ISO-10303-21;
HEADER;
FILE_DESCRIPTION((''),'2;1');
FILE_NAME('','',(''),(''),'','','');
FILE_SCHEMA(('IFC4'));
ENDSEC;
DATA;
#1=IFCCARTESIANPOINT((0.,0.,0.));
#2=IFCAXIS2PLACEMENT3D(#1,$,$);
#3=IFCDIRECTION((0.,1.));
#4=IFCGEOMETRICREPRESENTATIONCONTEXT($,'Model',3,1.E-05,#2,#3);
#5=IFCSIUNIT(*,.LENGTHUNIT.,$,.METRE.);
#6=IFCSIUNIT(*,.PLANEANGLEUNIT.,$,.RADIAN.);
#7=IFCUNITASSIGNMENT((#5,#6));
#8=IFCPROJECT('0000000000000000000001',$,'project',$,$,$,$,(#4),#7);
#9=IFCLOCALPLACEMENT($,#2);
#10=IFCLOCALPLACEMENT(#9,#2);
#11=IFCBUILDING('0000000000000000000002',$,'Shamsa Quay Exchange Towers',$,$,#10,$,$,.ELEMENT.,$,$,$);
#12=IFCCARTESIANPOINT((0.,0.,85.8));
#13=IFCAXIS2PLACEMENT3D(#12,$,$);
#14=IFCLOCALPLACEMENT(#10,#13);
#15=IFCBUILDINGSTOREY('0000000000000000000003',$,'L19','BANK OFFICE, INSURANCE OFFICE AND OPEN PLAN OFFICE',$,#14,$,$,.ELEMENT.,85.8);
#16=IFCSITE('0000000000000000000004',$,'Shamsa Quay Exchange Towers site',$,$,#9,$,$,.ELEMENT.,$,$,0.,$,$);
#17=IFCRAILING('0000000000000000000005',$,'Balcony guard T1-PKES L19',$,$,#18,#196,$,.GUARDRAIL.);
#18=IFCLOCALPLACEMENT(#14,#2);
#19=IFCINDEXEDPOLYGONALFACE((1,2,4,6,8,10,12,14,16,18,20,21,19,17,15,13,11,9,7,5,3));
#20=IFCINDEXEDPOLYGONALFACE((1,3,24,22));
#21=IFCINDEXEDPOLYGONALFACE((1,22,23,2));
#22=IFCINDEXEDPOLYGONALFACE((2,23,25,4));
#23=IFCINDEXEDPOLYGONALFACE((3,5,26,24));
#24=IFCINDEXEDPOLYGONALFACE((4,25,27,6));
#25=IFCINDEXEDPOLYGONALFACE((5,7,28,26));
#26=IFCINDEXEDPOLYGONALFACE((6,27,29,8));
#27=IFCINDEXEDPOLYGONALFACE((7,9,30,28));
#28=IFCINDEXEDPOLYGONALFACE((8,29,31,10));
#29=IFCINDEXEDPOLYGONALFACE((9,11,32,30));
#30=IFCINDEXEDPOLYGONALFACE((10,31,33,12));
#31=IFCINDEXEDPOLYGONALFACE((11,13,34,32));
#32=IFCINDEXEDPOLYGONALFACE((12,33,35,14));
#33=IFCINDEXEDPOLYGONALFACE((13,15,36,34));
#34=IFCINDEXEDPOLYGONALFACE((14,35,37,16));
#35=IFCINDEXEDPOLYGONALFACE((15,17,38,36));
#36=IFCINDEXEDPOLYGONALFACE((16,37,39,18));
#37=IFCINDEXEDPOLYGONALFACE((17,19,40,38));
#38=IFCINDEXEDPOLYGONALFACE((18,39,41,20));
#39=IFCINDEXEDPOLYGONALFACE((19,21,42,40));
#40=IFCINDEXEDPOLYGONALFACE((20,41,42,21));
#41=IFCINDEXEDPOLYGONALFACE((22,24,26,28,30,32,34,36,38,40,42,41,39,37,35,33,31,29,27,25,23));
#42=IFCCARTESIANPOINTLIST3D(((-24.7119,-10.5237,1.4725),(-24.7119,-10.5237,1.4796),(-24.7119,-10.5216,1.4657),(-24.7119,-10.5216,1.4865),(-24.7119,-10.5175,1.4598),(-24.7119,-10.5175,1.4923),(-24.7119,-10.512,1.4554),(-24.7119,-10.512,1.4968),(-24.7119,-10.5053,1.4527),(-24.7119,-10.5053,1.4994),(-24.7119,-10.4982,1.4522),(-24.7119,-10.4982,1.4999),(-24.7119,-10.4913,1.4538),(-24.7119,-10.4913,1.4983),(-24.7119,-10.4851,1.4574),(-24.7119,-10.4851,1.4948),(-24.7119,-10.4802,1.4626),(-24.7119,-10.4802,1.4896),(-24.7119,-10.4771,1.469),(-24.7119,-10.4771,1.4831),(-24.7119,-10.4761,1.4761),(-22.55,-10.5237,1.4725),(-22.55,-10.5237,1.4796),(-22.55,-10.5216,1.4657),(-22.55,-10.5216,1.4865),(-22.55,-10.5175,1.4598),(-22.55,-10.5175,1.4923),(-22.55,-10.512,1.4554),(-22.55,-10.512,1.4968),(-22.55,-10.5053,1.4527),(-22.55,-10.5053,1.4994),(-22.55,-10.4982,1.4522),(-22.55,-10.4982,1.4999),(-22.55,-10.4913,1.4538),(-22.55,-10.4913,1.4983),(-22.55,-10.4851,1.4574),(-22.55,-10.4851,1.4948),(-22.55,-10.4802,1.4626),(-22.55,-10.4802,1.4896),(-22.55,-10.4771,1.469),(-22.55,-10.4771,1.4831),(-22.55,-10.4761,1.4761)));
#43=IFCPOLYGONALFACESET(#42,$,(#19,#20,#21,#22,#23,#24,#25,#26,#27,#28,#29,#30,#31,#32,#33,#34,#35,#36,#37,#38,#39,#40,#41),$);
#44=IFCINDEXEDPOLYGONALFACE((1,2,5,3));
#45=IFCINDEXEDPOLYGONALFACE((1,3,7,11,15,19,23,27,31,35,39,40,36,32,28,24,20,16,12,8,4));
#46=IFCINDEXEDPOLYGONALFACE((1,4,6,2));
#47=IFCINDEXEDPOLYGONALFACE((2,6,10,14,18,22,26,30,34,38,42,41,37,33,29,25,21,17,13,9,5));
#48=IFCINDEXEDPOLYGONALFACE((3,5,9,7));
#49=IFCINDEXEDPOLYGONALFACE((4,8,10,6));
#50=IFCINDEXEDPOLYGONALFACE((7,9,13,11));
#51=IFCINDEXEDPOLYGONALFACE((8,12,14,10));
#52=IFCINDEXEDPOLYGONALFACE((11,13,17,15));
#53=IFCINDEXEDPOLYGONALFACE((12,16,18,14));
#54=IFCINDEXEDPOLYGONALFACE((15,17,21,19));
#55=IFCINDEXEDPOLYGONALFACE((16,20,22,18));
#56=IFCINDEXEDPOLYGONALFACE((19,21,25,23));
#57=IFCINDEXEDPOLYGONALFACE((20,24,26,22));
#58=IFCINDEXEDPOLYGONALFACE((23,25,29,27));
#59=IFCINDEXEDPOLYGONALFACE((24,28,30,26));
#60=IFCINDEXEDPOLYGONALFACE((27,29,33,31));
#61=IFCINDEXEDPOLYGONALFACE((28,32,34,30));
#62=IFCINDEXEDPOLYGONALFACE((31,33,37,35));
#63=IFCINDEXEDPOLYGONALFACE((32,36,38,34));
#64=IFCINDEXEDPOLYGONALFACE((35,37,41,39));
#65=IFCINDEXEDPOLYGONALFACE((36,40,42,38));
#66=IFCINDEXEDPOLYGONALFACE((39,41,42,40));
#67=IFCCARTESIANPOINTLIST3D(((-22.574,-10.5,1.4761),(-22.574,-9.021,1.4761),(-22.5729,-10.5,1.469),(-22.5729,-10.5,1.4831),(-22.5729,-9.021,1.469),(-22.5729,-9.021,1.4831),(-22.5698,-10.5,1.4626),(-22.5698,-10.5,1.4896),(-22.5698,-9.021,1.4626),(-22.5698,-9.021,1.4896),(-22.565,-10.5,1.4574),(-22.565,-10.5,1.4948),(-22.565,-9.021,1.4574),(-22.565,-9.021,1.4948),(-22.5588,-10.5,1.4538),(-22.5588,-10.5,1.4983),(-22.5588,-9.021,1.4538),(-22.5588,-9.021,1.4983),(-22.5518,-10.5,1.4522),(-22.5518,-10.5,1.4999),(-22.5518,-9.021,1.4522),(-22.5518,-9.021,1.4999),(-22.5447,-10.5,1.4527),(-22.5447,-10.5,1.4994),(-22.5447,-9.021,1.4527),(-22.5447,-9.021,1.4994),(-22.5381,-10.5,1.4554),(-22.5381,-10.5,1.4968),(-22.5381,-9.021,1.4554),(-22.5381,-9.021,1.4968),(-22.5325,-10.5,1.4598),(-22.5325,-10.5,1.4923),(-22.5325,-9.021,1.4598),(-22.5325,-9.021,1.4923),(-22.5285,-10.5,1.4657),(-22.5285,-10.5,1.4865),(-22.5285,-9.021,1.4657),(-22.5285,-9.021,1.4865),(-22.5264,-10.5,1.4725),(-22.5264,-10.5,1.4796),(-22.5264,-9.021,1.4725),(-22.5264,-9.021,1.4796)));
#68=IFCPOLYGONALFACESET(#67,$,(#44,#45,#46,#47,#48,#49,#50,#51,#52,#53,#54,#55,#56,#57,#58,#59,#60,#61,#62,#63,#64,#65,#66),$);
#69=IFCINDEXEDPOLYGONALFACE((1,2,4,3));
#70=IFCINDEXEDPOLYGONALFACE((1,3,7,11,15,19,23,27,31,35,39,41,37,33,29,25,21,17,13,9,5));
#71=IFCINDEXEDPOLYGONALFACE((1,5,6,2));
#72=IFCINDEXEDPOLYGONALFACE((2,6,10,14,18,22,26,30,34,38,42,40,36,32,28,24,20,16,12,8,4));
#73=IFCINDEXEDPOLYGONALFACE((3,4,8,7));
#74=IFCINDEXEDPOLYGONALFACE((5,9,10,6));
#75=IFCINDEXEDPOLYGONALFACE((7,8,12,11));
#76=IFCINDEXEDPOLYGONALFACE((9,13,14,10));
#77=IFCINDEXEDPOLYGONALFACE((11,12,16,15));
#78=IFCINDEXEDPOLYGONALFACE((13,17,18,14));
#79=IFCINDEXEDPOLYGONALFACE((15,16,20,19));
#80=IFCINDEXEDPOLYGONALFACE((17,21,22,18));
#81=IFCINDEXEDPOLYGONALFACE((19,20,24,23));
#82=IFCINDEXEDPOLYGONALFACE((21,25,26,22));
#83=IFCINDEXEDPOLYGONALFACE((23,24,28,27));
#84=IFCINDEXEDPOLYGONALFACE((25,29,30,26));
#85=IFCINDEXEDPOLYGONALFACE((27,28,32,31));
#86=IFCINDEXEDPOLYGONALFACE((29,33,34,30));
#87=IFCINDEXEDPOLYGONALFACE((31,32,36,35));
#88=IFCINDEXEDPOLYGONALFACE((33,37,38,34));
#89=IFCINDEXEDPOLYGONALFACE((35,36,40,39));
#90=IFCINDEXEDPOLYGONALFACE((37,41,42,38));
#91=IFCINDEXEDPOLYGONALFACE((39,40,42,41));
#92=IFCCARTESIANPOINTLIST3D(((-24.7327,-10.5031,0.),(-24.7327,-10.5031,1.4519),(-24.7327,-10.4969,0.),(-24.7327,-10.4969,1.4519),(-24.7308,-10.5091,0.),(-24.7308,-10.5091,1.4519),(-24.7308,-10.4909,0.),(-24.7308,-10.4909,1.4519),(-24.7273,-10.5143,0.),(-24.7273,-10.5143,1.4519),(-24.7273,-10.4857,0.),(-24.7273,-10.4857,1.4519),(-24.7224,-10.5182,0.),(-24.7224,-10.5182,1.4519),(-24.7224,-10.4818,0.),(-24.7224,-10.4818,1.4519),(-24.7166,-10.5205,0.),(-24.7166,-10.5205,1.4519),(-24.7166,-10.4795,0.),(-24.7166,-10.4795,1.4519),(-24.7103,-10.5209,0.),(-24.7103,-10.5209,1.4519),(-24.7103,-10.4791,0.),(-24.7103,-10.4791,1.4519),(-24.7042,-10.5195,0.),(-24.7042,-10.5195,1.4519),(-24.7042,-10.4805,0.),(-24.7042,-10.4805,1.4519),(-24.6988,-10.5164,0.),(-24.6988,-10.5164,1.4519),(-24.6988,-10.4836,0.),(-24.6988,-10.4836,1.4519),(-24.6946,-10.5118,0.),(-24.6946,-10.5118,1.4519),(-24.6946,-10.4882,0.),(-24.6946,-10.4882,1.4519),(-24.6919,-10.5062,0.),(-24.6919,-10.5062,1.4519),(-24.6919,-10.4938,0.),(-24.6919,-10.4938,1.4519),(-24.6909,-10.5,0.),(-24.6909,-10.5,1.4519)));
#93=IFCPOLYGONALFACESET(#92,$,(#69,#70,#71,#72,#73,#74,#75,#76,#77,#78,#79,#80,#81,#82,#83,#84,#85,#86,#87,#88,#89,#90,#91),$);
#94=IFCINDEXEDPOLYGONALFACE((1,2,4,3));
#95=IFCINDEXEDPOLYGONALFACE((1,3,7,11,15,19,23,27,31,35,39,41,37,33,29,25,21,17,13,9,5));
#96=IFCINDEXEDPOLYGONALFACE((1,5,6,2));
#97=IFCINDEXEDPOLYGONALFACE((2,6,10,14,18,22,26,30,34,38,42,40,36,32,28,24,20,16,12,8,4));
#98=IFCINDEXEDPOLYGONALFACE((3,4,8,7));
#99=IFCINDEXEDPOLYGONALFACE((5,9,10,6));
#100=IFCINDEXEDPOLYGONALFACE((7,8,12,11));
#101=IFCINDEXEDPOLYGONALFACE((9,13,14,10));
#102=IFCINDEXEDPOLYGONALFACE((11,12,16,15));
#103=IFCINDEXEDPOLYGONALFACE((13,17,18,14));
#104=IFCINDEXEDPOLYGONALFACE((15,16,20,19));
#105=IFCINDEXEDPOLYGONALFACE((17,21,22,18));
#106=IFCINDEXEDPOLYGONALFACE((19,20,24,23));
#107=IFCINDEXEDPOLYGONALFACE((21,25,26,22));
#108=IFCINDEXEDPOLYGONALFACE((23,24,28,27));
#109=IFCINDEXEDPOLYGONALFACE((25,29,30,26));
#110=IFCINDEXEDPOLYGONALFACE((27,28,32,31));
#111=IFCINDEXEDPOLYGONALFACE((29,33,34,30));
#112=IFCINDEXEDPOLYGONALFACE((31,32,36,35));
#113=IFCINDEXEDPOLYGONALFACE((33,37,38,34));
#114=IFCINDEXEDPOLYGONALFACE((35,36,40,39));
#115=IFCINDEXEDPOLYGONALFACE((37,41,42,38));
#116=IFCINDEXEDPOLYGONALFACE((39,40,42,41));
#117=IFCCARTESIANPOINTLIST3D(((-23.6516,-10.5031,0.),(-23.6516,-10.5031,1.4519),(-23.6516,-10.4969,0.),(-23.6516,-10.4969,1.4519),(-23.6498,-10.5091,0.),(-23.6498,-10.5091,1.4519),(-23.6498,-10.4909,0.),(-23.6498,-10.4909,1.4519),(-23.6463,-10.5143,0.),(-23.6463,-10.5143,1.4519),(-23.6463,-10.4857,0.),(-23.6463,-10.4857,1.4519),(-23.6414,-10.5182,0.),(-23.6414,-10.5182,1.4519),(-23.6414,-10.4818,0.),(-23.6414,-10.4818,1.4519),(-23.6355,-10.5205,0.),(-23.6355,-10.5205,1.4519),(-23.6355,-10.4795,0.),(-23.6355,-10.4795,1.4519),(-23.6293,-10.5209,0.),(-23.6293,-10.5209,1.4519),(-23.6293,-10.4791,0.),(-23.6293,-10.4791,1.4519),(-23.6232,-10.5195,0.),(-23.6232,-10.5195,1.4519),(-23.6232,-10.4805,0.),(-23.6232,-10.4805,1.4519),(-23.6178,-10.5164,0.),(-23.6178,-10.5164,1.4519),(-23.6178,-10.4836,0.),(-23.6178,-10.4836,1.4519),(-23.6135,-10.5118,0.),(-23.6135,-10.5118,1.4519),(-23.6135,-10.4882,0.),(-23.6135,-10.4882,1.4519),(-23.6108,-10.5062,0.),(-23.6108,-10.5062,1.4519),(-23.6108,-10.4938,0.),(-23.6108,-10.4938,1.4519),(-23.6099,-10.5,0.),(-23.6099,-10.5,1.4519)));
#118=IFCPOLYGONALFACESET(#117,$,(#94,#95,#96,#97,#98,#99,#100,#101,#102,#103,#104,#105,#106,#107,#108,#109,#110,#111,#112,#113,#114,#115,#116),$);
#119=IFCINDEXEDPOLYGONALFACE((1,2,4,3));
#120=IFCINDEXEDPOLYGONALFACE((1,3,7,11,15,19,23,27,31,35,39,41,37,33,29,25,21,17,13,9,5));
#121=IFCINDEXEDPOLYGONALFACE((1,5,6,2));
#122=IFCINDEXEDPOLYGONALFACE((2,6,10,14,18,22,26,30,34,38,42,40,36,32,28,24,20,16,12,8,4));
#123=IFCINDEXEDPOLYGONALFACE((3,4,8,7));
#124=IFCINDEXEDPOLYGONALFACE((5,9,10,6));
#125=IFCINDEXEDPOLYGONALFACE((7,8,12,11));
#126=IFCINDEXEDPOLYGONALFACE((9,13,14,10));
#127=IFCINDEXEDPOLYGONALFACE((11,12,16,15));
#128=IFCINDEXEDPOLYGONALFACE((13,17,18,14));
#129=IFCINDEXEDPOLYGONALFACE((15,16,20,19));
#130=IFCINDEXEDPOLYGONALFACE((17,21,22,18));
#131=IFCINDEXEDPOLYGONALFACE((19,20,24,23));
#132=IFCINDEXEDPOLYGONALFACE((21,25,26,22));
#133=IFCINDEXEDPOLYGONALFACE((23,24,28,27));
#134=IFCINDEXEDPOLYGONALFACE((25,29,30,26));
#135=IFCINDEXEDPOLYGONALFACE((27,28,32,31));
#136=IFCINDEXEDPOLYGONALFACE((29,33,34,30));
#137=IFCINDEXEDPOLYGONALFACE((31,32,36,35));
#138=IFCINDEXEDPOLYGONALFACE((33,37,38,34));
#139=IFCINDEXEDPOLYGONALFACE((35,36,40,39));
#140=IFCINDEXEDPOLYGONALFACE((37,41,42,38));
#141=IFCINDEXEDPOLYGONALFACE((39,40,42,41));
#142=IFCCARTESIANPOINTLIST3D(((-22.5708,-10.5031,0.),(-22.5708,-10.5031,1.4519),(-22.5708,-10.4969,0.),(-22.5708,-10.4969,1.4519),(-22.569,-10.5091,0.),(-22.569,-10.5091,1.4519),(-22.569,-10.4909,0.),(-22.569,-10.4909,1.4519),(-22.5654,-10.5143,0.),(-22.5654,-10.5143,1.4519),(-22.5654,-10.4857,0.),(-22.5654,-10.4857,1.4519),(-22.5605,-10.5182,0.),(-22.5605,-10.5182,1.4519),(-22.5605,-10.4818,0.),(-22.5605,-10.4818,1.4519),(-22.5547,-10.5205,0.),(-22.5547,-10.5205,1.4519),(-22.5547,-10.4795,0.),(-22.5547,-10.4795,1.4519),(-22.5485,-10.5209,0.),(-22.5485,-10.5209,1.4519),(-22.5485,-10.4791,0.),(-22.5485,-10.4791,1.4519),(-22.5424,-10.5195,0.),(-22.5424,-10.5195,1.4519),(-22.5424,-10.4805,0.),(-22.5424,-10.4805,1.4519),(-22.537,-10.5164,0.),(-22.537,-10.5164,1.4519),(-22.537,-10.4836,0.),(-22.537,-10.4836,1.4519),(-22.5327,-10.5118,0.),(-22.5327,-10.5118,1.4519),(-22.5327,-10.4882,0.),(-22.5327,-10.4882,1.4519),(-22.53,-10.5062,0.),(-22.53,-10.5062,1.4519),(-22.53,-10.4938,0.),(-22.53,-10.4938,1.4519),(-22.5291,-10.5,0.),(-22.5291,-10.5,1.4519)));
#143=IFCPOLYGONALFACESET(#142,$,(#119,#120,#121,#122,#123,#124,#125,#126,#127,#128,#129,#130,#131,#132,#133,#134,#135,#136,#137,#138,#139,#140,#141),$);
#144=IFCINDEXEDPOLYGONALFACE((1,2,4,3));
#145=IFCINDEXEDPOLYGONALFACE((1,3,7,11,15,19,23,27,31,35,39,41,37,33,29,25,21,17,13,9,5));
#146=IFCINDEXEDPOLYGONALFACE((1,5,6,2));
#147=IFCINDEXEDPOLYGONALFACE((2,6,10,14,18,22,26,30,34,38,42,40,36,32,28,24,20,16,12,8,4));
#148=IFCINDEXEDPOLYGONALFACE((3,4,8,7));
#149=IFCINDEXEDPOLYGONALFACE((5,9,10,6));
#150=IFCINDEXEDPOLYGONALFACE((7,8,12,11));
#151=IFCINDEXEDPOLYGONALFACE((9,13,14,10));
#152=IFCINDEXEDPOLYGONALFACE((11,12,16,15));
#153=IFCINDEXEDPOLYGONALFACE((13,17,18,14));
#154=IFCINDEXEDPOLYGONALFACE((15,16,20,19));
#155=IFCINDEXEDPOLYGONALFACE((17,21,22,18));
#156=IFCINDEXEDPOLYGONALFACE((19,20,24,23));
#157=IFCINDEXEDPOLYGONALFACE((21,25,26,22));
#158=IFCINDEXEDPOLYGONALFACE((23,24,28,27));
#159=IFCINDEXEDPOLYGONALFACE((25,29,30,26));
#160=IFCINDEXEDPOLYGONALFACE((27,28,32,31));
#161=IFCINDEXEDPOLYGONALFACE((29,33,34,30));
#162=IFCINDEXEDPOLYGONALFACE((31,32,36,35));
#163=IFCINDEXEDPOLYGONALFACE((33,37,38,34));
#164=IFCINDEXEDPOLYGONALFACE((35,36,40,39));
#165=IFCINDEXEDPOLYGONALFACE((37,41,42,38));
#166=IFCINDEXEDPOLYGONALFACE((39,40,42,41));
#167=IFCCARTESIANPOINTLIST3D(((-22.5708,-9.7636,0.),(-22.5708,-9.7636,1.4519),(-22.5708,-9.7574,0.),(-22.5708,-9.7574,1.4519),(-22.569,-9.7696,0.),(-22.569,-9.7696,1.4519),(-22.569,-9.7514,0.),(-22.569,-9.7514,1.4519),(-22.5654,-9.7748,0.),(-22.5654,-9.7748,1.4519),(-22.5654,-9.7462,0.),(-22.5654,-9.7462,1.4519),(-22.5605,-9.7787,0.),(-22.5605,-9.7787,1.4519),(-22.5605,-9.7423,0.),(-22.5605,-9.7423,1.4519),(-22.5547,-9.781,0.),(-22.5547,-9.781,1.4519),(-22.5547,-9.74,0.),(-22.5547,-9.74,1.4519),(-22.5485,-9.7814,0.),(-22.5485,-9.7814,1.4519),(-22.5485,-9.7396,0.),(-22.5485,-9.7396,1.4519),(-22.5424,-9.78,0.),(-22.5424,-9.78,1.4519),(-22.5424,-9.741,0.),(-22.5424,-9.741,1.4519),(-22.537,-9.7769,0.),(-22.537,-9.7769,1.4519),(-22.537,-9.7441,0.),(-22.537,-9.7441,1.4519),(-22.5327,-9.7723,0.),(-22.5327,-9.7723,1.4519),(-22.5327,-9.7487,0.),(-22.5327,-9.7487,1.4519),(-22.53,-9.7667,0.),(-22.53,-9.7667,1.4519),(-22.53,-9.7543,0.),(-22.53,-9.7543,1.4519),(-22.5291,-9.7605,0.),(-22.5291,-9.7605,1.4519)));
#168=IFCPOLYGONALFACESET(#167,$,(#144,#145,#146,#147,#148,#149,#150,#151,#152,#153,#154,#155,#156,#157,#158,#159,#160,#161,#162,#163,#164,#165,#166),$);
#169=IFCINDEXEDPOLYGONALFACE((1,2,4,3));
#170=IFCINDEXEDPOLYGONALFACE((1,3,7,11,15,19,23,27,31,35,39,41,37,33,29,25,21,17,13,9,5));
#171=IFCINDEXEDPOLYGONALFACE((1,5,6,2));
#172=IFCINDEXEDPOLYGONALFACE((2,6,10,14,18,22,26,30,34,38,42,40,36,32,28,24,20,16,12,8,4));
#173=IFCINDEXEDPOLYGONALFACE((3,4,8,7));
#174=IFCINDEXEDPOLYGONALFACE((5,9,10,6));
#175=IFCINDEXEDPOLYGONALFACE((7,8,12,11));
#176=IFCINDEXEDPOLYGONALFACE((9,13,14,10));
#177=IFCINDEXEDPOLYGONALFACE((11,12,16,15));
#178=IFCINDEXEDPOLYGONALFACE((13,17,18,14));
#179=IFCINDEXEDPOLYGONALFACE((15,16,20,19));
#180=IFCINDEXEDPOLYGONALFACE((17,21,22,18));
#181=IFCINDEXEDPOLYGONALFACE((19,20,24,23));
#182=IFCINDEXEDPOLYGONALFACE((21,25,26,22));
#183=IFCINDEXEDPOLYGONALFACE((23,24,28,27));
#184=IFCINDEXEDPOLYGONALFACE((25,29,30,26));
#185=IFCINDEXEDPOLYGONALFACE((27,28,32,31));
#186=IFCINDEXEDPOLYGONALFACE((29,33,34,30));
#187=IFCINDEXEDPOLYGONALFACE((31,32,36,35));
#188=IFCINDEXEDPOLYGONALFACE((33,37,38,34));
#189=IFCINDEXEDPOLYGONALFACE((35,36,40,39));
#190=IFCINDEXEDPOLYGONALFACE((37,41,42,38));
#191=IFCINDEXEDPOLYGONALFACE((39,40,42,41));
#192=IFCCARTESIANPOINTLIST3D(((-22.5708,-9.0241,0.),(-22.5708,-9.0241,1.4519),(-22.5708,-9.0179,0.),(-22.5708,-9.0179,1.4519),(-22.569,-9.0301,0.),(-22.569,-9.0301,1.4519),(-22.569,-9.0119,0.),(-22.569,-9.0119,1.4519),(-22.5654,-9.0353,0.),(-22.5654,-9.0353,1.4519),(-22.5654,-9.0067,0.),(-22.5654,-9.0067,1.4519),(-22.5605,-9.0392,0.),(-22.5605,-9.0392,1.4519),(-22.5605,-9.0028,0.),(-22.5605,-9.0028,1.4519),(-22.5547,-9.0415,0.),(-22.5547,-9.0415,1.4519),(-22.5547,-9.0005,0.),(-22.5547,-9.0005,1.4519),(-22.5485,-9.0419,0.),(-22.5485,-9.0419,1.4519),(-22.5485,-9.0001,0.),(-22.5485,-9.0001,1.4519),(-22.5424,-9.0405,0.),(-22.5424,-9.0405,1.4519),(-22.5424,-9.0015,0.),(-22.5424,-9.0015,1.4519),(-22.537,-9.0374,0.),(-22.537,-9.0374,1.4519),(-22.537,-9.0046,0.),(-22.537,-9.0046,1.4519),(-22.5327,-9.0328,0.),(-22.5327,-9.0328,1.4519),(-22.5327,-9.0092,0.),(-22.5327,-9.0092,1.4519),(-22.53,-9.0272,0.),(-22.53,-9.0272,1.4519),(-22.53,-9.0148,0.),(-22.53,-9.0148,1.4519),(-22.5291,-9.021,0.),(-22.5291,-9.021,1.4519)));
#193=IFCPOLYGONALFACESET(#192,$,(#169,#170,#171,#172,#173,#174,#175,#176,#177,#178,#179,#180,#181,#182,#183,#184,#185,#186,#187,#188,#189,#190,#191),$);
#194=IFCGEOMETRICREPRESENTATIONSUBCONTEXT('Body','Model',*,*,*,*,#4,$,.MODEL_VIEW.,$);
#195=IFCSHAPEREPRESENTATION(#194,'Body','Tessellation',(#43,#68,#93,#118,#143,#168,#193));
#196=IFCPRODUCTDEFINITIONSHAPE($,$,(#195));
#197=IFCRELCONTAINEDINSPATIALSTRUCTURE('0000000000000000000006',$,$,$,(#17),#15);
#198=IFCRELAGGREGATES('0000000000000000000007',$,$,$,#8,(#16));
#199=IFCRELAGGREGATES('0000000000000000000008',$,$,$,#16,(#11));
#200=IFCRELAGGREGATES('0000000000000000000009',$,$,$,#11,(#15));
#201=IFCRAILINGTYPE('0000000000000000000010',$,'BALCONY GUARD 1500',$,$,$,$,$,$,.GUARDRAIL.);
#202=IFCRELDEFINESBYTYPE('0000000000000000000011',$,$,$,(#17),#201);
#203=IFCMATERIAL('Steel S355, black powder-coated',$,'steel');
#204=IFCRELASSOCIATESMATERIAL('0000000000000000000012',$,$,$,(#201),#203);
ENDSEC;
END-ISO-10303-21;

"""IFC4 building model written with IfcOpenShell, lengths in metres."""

from ifc_helpers import new_model, si_unit, direction, frame, origin, origin_2d, place, context, subcontext, project, spatial, circle, extrude, material, type_object, element, save


model = new_model("IFC4")

# Units and contexts
model_context = context("Model", 3, precision=1e-05, world=origin(), true_north=direction((0.0, 1.0)))
body_context = subcontext(model_context, "Body", "Model", "MODEL_VIEW")
ifc_project = project(units=[si_unit("LENGTHUNIT", "METRE"), si_unit("PLANEANGLEUNIT", "RADIAN")], contexts=[model_context])

# Site, building, storey
site_placement = place(None, origin())
site = spatial("IfcSite", under=ifc_project, at=site_placement, Name="Shamsa Quay Exchange Towers site", CompositionType="ELEMENT", RefElevation=0.0)
building_placement = place(site_placement, origin())
building = spatial("IfcBuilding", under=site, at=building_placement, Name="Shamsa Quay Exchange Towers", CompositionType="ELEMENT")
storey_placement = place(building_placement, frame((0.0, 0.0, 85.8)))
storey = spatial("IfcBuildingStorey", under=building, at=storey_placement, Name="L19", Description="BANK OFFICE, INSURANCE OFFICE AND OPEN PLAN OFFICE", CompositionType="ELEMENT", Elevation=85.8)

# Railing
ifc_material_1 = material(Name="Steel S355, black powder-coated", Category="steel")
railing_type_1 = type_object("IfcRailingType", Name="BALCONY GUARD 1500", PredefinedType="GUARDRAIL", material=ifc_material_1)
for number, where, name in (
    (1, (-24.7119, -10.5, 0.0), "Balcony guard T1-PKES L19"),
):
    element("IfcRailing", number, at=place(storey_placement, frame(where)), inside=storey, type_object=railing_type_1, Name=name, PredefinedType="GUARDRAIL", context=body_context, shape_type="SweptSolid", body=[
        extrude(circle(Radius=0.0239, at=origin_2d()), frame((0.0, 0.0, 1.4761), z_axis=(1.0, 0.0, 0.0), x_axis=(0.0, 1.0, 0.0)), (0.0, 0.0, 1.0), 2.1619),
        extrude(circle(Radius=0.0239, at=origin_2d()), frame((2.1619, 0.0, 1.4761), z_axis=(0.0, 1.0, 0.0), x_axis=(-1.0, 0.0, 0.0)), (0.0, 0.0, 1.0), 1.479),
        extrude(circle(Radius=0.021, at=origin_2d()), origin(), (0.0, 0.0, 1.0), 1.4519),
        extrude(circle(Radius=0.021, at=origin_2d()), frame((1.0811, 0.0, 0.0)), (0.0, 0.0, 1.0), 1.4519),
        extrude(circle(Radius=0.021, at=origin_2d()), frame((2.1619, 0.0, 0.0)), (0.0, 0.0, 1.0), 1.4519),
        extrude(circle(Radius=0.021, at=origin_2d()), frame((2.1619, 0.7395, 0.0)), (0.0, 0.0, 1.0), 1.4519),
        extrude(circle(Radius=0.021, at=origin_2d()), frame((2.1619, 1.479, 0.0)), (0.0, 0.0, 1.0), 1.4519),
    ])

save(model, "model.ifc")
